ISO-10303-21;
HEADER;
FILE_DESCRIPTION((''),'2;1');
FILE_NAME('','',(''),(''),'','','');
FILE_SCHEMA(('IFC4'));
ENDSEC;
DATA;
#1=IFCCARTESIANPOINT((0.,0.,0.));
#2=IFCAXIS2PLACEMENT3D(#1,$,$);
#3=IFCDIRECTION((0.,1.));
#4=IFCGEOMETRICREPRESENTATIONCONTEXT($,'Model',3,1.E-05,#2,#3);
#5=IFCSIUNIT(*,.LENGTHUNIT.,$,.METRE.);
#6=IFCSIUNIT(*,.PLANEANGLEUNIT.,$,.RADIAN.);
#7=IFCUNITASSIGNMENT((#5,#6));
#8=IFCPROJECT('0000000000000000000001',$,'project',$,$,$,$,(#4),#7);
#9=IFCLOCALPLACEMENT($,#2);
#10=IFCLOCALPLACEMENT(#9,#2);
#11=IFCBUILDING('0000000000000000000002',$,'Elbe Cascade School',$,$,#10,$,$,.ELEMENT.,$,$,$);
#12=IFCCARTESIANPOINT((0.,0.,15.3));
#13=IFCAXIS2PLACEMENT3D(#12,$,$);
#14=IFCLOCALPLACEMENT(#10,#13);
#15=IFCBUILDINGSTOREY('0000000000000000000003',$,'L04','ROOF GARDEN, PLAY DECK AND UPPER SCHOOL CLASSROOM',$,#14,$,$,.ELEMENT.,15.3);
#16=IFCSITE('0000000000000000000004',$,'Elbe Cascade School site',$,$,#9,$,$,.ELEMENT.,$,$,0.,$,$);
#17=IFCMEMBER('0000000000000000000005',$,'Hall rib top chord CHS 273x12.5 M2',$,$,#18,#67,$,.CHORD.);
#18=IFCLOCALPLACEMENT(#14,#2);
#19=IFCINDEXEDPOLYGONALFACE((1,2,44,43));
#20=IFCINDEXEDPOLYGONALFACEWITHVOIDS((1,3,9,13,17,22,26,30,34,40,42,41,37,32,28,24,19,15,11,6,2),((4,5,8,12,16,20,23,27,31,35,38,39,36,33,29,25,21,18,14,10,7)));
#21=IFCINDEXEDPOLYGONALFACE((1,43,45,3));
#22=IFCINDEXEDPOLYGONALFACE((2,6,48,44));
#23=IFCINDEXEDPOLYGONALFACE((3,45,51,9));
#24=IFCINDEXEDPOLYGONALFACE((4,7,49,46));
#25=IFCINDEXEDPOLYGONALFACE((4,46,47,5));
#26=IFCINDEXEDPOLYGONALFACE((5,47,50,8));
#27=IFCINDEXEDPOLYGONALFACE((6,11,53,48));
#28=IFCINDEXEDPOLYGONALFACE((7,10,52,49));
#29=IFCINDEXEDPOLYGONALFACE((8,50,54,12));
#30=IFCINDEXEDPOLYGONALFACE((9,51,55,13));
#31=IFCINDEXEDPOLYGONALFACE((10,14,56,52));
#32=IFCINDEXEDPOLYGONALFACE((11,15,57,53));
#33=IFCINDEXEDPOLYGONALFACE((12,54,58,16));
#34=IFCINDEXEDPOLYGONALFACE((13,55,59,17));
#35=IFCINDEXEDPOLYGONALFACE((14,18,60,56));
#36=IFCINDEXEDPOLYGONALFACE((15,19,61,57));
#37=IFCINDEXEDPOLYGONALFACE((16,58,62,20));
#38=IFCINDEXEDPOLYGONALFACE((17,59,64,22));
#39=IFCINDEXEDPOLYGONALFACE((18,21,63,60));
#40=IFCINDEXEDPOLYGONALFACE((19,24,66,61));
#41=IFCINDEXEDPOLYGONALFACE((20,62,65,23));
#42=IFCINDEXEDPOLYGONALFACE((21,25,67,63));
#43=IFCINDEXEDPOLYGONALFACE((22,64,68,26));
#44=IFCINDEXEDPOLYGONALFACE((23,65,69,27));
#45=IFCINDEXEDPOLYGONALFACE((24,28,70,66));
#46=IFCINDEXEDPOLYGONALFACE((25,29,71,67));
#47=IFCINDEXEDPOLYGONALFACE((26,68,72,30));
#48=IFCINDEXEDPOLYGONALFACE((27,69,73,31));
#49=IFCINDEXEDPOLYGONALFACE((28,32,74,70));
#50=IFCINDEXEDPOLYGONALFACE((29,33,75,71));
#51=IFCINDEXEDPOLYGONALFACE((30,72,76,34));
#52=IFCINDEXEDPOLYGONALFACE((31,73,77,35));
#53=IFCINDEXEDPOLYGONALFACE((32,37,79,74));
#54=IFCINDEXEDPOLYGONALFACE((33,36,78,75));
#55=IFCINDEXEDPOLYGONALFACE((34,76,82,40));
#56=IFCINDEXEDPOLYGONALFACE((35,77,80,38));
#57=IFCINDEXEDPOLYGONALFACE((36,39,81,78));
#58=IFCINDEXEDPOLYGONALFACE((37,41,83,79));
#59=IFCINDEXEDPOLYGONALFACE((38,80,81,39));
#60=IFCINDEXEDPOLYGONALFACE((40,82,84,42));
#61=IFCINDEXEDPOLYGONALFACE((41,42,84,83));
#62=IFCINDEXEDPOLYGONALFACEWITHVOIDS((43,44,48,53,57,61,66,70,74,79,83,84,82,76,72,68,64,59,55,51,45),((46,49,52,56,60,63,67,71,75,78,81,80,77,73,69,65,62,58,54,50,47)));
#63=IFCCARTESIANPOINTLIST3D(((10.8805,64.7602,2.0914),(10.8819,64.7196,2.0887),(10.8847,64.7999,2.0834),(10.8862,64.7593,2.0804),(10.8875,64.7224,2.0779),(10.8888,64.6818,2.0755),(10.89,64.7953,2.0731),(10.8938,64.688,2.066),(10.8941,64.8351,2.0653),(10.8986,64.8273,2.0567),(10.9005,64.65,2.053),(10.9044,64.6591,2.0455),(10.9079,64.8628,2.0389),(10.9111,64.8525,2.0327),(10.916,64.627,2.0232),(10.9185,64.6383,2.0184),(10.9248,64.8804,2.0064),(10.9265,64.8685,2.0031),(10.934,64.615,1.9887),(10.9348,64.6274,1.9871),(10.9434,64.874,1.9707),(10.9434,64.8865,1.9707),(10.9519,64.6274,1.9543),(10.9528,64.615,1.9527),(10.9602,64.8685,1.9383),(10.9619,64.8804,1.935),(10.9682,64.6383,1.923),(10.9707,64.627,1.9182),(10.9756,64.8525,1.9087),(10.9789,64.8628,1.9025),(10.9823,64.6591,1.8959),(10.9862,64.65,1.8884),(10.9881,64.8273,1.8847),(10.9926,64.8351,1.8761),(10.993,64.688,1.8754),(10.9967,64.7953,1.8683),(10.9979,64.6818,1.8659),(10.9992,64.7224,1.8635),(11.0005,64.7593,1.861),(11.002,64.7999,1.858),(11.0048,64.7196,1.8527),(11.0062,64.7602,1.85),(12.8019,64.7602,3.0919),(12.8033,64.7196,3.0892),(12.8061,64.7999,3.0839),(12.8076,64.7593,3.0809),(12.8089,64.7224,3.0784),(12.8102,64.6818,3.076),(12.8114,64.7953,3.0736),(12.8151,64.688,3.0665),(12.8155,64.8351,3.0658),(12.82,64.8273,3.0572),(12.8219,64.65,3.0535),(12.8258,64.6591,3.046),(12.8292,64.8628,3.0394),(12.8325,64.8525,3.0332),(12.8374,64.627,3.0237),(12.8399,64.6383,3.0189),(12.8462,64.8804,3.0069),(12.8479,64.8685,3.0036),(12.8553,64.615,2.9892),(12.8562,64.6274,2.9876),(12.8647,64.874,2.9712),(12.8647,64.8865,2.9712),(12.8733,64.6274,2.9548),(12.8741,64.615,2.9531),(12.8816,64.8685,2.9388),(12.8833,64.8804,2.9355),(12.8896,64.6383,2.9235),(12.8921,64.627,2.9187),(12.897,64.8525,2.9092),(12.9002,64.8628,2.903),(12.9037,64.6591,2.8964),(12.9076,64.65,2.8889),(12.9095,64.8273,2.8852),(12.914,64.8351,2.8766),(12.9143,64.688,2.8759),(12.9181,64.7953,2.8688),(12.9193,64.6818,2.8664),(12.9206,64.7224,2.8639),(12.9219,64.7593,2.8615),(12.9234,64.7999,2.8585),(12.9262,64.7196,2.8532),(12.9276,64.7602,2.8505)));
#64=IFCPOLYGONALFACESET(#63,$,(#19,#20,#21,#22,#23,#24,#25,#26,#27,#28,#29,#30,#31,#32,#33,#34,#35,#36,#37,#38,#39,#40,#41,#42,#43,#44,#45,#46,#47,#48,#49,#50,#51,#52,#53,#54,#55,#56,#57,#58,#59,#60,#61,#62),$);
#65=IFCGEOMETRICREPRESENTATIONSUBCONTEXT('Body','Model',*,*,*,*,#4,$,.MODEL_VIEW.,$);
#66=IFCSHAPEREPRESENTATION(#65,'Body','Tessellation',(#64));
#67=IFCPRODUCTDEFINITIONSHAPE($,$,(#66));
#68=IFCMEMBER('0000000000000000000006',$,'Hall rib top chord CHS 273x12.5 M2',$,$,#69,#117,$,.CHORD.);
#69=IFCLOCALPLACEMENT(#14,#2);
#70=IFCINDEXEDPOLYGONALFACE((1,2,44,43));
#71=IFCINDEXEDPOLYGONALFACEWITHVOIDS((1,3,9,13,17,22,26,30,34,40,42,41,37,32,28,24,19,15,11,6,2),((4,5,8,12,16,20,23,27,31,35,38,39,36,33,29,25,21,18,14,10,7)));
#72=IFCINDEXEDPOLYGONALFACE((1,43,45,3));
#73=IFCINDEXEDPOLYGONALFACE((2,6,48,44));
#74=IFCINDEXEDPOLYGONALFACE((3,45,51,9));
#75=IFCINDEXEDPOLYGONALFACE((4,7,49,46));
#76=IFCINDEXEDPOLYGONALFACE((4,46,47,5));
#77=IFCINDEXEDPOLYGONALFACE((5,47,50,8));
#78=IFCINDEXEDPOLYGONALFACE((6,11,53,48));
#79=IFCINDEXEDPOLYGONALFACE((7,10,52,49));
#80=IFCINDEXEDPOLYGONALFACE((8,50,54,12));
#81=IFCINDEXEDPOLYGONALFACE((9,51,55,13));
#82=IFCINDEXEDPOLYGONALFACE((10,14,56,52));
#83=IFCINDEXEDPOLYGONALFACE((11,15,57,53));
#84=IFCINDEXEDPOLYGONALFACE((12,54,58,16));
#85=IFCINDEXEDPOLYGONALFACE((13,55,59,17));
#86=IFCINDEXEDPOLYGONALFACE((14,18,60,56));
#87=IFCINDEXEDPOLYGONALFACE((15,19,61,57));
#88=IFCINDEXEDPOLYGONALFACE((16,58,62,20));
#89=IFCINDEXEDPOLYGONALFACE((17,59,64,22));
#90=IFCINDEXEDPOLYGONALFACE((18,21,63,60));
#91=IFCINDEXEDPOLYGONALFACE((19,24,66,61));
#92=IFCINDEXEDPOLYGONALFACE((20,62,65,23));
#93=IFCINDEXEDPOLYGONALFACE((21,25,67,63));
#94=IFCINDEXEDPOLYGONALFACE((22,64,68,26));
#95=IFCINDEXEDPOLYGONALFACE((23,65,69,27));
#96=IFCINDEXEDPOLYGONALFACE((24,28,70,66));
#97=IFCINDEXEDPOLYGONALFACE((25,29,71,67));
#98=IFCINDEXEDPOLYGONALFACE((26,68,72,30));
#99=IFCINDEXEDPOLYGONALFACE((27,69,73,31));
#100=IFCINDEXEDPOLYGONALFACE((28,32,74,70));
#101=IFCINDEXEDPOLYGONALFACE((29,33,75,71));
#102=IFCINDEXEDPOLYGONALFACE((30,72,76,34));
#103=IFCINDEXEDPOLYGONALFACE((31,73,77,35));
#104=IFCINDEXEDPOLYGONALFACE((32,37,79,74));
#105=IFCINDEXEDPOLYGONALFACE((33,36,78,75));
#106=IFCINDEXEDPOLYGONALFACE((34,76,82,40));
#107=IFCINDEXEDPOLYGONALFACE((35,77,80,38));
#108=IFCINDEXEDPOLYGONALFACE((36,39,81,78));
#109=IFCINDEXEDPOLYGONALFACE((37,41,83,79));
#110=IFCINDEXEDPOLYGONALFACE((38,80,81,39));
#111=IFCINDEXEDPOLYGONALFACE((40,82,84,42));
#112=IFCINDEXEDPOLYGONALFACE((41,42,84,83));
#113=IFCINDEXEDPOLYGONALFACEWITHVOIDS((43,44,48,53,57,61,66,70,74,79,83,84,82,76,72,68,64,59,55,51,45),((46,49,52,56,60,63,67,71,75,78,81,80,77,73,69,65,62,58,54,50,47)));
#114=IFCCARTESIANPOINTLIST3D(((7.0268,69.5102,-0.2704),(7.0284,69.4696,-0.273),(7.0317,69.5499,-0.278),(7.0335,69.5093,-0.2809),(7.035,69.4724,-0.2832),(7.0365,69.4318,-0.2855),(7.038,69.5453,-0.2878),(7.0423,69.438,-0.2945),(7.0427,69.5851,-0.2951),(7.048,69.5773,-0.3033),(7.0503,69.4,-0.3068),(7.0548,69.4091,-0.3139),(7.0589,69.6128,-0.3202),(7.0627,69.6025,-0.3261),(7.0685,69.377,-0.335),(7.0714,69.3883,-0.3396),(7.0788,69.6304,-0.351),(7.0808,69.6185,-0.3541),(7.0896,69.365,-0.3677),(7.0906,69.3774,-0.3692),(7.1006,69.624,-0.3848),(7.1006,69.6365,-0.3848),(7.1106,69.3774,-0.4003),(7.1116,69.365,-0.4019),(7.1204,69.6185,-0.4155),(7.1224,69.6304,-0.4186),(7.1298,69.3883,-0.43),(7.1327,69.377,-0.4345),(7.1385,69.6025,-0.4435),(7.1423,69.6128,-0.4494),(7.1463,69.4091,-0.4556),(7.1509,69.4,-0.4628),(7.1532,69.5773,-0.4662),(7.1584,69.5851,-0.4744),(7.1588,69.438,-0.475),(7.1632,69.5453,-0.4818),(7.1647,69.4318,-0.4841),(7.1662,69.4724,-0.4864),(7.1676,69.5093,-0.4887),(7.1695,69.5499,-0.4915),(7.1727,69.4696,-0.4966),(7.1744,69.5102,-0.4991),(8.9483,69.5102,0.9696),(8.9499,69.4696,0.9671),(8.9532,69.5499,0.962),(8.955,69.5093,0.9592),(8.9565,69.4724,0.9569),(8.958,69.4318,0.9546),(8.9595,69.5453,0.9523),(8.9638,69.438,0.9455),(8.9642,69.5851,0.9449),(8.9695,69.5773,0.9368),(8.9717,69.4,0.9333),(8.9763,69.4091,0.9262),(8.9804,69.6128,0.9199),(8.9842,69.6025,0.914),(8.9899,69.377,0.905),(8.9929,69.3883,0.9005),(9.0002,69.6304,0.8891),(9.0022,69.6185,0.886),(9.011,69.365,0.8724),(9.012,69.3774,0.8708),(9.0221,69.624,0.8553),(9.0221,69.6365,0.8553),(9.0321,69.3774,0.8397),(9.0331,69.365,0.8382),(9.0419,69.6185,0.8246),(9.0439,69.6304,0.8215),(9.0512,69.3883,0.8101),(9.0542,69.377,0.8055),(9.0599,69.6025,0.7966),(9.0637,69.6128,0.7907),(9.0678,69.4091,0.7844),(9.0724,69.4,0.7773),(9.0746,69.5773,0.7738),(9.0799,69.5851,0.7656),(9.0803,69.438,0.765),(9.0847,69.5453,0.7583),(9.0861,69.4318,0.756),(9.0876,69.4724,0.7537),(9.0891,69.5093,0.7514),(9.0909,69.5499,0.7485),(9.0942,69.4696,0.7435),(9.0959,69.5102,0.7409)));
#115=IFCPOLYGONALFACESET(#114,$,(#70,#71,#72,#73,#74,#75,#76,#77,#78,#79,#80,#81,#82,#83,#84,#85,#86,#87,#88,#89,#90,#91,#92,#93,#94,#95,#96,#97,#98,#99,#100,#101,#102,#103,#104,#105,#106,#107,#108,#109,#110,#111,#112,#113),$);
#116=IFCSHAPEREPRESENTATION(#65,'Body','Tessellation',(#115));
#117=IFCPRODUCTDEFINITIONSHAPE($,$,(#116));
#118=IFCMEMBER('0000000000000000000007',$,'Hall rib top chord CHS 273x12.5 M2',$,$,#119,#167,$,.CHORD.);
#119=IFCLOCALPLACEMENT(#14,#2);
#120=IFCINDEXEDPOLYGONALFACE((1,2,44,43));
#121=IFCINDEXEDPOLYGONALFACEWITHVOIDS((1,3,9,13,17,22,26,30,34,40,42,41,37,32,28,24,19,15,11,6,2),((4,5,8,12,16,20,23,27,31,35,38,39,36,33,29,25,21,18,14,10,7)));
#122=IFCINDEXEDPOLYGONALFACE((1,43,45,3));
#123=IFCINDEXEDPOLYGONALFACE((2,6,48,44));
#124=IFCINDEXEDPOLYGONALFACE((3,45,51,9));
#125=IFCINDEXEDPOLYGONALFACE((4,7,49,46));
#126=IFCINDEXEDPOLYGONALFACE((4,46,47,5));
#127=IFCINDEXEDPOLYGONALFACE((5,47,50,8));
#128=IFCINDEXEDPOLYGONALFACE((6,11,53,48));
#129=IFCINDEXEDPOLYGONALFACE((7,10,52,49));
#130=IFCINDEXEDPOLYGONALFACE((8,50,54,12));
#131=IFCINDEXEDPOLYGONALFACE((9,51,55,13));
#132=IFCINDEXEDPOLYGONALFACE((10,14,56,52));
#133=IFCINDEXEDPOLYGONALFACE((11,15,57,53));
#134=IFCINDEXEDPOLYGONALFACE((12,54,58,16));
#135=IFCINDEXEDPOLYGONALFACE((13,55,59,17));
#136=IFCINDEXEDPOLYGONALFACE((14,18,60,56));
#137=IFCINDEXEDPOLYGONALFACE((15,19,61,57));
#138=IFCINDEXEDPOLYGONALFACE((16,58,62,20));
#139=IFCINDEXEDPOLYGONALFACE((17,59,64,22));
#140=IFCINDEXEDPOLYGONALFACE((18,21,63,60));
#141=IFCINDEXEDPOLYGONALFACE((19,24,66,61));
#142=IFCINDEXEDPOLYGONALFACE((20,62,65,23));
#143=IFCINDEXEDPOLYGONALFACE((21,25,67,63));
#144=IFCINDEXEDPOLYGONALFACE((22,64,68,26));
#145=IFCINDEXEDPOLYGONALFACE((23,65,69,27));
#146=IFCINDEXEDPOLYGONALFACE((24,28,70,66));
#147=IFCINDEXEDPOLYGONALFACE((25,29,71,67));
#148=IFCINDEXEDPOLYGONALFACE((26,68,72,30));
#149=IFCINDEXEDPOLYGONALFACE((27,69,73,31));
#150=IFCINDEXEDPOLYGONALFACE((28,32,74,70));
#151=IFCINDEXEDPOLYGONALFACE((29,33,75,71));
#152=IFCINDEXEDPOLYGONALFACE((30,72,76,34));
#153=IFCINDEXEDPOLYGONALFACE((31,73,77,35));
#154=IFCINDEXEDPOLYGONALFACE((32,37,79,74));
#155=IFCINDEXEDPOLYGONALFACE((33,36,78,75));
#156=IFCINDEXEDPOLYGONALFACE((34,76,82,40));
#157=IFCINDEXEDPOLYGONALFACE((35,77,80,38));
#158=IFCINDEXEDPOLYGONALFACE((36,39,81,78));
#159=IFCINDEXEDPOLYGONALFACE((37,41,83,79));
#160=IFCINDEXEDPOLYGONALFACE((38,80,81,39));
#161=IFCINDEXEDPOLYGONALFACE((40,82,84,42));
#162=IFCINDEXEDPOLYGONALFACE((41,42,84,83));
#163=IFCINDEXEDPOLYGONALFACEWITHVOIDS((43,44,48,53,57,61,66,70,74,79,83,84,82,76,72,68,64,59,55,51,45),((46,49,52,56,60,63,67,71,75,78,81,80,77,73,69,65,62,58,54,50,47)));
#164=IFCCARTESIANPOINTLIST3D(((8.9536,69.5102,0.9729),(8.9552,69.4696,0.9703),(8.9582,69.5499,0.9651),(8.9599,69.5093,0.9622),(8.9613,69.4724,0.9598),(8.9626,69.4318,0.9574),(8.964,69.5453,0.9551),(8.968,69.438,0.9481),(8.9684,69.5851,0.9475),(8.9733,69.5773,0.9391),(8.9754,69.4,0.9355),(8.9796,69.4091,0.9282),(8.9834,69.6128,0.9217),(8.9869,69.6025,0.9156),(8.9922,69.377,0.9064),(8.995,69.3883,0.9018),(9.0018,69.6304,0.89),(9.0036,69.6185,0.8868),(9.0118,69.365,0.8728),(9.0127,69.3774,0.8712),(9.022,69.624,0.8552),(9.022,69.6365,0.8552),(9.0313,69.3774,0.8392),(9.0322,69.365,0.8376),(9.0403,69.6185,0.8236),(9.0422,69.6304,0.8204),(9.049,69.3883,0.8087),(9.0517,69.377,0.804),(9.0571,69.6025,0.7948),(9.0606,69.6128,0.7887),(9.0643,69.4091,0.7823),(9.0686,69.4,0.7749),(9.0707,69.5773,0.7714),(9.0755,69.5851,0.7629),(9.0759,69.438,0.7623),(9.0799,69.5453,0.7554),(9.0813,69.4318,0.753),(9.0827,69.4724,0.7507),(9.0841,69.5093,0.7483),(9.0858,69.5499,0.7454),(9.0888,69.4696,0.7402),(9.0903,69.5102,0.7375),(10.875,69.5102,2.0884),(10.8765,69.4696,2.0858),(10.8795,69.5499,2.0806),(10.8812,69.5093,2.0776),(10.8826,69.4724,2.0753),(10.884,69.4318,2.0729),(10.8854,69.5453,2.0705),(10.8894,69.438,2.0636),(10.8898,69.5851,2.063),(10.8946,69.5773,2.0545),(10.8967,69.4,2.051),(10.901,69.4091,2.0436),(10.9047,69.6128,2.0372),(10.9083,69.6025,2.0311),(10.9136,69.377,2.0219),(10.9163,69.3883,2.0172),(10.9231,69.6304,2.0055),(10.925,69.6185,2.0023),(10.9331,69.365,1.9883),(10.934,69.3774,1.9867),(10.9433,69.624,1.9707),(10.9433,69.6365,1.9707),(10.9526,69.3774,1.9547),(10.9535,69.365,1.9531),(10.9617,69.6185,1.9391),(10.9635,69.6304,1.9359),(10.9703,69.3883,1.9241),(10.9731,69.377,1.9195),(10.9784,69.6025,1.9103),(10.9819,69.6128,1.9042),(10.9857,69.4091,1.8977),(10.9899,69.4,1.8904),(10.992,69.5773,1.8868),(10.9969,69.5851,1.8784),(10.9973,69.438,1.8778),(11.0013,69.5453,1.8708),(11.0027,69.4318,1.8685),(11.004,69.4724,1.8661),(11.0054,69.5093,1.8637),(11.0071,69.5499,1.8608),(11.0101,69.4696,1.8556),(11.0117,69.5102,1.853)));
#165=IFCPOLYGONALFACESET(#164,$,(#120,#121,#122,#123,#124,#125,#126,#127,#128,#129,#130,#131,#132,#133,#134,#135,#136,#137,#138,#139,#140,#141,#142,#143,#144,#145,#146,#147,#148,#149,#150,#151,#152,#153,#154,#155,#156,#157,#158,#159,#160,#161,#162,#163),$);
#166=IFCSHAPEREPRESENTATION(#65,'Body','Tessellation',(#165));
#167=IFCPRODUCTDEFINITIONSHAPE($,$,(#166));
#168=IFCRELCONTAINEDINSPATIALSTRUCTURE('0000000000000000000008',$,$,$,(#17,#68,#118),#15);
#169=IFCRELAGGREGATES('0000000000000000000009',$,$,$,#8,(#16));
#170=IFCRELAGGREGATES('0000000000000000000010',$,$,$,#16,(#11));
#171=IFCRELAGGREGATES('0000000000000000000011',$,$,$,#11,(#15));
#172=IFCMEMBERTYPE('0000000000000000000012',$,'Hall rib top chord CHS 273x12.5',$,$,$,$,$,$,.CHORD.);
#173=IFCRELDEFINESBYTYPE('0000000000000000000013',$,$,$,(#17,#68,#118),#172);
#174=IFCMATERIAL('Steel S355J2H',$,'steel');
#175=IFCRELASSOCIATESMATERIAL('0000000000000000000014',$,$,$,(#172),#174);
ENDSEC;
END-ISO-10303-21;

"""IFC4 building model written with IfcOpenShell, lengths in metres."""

from ifc_helpers import new_model, si_unit, direction, frame, origin, origin_2d, place, context, subcontext, project, spatial, hollow_circle, extrude, material, material_profile, profile_set, type_object, element, save


model = new_model("IFC4")

# Units and contexts
model_context = context("Model", 3, precision=1e-05, world=origin(), true_north=direction((0.0, 1.0)))
body_context = subcontext(model_context, "Body", "Model", "MODEL_VIEW")
ifc_project = project(units=[si_unit("LENGTHUNIT", "METRE"), si_unit("PLANEANGLEUNIT", "RADIAN")], contexts=[model_context])

# Site, building, storey
site_placement = place(None, origin())
site = spatial("IfcSite", under=ifc_project, at=site_placement, Name="Elbe Cascade School site", CompositionType="ELEMENT", RefElevation=0.0)
building_placement = place(site_placement, origin())
building = spatial("IfcBuilding", under=site, at=building_placement, Name="Elbe Cascade School", CompositionType="ELEMENT")
storey_placement = place(building_placement, frame((0.0, 0.0, 15.3)))
storey = spatial("IfcBuildingStorey", under=building, at=storey_placement, Name="L04", Description="ROOF GARDEN, PLAY DECK AND UPPER SCHOOL CLASSROOM", CompositionType="ELEMENT", Elevation=15.3)

# Members
ifc_material_1 = material(Name="Steel S355J2H", Category="steel")
ifc_material_profile_1 = material_profile(ifc_material_1, hollow_circle(Radius=0.1365, WallThickness=0.0125, at=origin_2d()), Name="CHS 273x12.5")
ifc_profile_set_1 = profile_set([ifc_material_profile_1], Name="Steel S355J2H")
member_type_1 = type_object("IfcMemberType", Name="Hall rib top chord CHS 273x12.5", PredefinedType="CHORD", material=ifc_profile_set_1)
member_1_placement = place(storey_placement, frame((10.9434, 64.75, 1.9707), z_axis=(0.886958, 0.0, 0.461849), x_axis=(0.0, 1.0, 0.0)))
element("IfcMember", 1, at=member_1_placement, inside=storey, type_object=member_type_1, Name="Hall rib top chord CHS 273x12.5 M2", PredefinedType="CHORD", context=body_context, shape_type="SweptSolid", body=[
    extrude(hollow_circle(Radius=0.1365, WallThickness=0.0125, at=origin_2d()), origin(), (0.0, 0.0, 1.0), 2.1663),
])
member_2_placement = place(storey_placement, frame((7.1006, 69.5, -0.3848), z_axis=(0.84022, 0.0, 0.542246), x_axis=(0.0, 1.0, 0.0)))
element("IfcMember", 2, at=member_2_placement, inside=storey, type_object=member_type_1, Name="Hall rib top chord CHS 273x12.5 M2", PredefinedType="CHORD", context=body_context, shape_type="SweptSolid", body=[
    extrude(hollow_circle(Radius=0.1365, WallThickness=0.0125, at=origin_2d()), origin(), (0.0, 0.0, 1.0), 2.2869),
])
member_3_placement = place(storey_placement, frame((9.022, 69.5, 0.8552), z_axis=(0.864821, 0.0, 0.50208), x_axis=(0.0, 1.0, 0.0)))
element("IfcMember", 3, at=member_3_placement, inside=storey, type_object=member_type_1, Name="Hall rib top chord CHS 273x12.5 M2", PredefinedType="CHORD", context=body_context, shape_type="SweptSolid", body=[
    extrude(hollow_circle(Radius=0.1365, WallThickness=0.0125, at=origin_2d()), origin(), (0.0, 0.0, 1.0), 2.2217),
])

save(model, "model.ifc")
